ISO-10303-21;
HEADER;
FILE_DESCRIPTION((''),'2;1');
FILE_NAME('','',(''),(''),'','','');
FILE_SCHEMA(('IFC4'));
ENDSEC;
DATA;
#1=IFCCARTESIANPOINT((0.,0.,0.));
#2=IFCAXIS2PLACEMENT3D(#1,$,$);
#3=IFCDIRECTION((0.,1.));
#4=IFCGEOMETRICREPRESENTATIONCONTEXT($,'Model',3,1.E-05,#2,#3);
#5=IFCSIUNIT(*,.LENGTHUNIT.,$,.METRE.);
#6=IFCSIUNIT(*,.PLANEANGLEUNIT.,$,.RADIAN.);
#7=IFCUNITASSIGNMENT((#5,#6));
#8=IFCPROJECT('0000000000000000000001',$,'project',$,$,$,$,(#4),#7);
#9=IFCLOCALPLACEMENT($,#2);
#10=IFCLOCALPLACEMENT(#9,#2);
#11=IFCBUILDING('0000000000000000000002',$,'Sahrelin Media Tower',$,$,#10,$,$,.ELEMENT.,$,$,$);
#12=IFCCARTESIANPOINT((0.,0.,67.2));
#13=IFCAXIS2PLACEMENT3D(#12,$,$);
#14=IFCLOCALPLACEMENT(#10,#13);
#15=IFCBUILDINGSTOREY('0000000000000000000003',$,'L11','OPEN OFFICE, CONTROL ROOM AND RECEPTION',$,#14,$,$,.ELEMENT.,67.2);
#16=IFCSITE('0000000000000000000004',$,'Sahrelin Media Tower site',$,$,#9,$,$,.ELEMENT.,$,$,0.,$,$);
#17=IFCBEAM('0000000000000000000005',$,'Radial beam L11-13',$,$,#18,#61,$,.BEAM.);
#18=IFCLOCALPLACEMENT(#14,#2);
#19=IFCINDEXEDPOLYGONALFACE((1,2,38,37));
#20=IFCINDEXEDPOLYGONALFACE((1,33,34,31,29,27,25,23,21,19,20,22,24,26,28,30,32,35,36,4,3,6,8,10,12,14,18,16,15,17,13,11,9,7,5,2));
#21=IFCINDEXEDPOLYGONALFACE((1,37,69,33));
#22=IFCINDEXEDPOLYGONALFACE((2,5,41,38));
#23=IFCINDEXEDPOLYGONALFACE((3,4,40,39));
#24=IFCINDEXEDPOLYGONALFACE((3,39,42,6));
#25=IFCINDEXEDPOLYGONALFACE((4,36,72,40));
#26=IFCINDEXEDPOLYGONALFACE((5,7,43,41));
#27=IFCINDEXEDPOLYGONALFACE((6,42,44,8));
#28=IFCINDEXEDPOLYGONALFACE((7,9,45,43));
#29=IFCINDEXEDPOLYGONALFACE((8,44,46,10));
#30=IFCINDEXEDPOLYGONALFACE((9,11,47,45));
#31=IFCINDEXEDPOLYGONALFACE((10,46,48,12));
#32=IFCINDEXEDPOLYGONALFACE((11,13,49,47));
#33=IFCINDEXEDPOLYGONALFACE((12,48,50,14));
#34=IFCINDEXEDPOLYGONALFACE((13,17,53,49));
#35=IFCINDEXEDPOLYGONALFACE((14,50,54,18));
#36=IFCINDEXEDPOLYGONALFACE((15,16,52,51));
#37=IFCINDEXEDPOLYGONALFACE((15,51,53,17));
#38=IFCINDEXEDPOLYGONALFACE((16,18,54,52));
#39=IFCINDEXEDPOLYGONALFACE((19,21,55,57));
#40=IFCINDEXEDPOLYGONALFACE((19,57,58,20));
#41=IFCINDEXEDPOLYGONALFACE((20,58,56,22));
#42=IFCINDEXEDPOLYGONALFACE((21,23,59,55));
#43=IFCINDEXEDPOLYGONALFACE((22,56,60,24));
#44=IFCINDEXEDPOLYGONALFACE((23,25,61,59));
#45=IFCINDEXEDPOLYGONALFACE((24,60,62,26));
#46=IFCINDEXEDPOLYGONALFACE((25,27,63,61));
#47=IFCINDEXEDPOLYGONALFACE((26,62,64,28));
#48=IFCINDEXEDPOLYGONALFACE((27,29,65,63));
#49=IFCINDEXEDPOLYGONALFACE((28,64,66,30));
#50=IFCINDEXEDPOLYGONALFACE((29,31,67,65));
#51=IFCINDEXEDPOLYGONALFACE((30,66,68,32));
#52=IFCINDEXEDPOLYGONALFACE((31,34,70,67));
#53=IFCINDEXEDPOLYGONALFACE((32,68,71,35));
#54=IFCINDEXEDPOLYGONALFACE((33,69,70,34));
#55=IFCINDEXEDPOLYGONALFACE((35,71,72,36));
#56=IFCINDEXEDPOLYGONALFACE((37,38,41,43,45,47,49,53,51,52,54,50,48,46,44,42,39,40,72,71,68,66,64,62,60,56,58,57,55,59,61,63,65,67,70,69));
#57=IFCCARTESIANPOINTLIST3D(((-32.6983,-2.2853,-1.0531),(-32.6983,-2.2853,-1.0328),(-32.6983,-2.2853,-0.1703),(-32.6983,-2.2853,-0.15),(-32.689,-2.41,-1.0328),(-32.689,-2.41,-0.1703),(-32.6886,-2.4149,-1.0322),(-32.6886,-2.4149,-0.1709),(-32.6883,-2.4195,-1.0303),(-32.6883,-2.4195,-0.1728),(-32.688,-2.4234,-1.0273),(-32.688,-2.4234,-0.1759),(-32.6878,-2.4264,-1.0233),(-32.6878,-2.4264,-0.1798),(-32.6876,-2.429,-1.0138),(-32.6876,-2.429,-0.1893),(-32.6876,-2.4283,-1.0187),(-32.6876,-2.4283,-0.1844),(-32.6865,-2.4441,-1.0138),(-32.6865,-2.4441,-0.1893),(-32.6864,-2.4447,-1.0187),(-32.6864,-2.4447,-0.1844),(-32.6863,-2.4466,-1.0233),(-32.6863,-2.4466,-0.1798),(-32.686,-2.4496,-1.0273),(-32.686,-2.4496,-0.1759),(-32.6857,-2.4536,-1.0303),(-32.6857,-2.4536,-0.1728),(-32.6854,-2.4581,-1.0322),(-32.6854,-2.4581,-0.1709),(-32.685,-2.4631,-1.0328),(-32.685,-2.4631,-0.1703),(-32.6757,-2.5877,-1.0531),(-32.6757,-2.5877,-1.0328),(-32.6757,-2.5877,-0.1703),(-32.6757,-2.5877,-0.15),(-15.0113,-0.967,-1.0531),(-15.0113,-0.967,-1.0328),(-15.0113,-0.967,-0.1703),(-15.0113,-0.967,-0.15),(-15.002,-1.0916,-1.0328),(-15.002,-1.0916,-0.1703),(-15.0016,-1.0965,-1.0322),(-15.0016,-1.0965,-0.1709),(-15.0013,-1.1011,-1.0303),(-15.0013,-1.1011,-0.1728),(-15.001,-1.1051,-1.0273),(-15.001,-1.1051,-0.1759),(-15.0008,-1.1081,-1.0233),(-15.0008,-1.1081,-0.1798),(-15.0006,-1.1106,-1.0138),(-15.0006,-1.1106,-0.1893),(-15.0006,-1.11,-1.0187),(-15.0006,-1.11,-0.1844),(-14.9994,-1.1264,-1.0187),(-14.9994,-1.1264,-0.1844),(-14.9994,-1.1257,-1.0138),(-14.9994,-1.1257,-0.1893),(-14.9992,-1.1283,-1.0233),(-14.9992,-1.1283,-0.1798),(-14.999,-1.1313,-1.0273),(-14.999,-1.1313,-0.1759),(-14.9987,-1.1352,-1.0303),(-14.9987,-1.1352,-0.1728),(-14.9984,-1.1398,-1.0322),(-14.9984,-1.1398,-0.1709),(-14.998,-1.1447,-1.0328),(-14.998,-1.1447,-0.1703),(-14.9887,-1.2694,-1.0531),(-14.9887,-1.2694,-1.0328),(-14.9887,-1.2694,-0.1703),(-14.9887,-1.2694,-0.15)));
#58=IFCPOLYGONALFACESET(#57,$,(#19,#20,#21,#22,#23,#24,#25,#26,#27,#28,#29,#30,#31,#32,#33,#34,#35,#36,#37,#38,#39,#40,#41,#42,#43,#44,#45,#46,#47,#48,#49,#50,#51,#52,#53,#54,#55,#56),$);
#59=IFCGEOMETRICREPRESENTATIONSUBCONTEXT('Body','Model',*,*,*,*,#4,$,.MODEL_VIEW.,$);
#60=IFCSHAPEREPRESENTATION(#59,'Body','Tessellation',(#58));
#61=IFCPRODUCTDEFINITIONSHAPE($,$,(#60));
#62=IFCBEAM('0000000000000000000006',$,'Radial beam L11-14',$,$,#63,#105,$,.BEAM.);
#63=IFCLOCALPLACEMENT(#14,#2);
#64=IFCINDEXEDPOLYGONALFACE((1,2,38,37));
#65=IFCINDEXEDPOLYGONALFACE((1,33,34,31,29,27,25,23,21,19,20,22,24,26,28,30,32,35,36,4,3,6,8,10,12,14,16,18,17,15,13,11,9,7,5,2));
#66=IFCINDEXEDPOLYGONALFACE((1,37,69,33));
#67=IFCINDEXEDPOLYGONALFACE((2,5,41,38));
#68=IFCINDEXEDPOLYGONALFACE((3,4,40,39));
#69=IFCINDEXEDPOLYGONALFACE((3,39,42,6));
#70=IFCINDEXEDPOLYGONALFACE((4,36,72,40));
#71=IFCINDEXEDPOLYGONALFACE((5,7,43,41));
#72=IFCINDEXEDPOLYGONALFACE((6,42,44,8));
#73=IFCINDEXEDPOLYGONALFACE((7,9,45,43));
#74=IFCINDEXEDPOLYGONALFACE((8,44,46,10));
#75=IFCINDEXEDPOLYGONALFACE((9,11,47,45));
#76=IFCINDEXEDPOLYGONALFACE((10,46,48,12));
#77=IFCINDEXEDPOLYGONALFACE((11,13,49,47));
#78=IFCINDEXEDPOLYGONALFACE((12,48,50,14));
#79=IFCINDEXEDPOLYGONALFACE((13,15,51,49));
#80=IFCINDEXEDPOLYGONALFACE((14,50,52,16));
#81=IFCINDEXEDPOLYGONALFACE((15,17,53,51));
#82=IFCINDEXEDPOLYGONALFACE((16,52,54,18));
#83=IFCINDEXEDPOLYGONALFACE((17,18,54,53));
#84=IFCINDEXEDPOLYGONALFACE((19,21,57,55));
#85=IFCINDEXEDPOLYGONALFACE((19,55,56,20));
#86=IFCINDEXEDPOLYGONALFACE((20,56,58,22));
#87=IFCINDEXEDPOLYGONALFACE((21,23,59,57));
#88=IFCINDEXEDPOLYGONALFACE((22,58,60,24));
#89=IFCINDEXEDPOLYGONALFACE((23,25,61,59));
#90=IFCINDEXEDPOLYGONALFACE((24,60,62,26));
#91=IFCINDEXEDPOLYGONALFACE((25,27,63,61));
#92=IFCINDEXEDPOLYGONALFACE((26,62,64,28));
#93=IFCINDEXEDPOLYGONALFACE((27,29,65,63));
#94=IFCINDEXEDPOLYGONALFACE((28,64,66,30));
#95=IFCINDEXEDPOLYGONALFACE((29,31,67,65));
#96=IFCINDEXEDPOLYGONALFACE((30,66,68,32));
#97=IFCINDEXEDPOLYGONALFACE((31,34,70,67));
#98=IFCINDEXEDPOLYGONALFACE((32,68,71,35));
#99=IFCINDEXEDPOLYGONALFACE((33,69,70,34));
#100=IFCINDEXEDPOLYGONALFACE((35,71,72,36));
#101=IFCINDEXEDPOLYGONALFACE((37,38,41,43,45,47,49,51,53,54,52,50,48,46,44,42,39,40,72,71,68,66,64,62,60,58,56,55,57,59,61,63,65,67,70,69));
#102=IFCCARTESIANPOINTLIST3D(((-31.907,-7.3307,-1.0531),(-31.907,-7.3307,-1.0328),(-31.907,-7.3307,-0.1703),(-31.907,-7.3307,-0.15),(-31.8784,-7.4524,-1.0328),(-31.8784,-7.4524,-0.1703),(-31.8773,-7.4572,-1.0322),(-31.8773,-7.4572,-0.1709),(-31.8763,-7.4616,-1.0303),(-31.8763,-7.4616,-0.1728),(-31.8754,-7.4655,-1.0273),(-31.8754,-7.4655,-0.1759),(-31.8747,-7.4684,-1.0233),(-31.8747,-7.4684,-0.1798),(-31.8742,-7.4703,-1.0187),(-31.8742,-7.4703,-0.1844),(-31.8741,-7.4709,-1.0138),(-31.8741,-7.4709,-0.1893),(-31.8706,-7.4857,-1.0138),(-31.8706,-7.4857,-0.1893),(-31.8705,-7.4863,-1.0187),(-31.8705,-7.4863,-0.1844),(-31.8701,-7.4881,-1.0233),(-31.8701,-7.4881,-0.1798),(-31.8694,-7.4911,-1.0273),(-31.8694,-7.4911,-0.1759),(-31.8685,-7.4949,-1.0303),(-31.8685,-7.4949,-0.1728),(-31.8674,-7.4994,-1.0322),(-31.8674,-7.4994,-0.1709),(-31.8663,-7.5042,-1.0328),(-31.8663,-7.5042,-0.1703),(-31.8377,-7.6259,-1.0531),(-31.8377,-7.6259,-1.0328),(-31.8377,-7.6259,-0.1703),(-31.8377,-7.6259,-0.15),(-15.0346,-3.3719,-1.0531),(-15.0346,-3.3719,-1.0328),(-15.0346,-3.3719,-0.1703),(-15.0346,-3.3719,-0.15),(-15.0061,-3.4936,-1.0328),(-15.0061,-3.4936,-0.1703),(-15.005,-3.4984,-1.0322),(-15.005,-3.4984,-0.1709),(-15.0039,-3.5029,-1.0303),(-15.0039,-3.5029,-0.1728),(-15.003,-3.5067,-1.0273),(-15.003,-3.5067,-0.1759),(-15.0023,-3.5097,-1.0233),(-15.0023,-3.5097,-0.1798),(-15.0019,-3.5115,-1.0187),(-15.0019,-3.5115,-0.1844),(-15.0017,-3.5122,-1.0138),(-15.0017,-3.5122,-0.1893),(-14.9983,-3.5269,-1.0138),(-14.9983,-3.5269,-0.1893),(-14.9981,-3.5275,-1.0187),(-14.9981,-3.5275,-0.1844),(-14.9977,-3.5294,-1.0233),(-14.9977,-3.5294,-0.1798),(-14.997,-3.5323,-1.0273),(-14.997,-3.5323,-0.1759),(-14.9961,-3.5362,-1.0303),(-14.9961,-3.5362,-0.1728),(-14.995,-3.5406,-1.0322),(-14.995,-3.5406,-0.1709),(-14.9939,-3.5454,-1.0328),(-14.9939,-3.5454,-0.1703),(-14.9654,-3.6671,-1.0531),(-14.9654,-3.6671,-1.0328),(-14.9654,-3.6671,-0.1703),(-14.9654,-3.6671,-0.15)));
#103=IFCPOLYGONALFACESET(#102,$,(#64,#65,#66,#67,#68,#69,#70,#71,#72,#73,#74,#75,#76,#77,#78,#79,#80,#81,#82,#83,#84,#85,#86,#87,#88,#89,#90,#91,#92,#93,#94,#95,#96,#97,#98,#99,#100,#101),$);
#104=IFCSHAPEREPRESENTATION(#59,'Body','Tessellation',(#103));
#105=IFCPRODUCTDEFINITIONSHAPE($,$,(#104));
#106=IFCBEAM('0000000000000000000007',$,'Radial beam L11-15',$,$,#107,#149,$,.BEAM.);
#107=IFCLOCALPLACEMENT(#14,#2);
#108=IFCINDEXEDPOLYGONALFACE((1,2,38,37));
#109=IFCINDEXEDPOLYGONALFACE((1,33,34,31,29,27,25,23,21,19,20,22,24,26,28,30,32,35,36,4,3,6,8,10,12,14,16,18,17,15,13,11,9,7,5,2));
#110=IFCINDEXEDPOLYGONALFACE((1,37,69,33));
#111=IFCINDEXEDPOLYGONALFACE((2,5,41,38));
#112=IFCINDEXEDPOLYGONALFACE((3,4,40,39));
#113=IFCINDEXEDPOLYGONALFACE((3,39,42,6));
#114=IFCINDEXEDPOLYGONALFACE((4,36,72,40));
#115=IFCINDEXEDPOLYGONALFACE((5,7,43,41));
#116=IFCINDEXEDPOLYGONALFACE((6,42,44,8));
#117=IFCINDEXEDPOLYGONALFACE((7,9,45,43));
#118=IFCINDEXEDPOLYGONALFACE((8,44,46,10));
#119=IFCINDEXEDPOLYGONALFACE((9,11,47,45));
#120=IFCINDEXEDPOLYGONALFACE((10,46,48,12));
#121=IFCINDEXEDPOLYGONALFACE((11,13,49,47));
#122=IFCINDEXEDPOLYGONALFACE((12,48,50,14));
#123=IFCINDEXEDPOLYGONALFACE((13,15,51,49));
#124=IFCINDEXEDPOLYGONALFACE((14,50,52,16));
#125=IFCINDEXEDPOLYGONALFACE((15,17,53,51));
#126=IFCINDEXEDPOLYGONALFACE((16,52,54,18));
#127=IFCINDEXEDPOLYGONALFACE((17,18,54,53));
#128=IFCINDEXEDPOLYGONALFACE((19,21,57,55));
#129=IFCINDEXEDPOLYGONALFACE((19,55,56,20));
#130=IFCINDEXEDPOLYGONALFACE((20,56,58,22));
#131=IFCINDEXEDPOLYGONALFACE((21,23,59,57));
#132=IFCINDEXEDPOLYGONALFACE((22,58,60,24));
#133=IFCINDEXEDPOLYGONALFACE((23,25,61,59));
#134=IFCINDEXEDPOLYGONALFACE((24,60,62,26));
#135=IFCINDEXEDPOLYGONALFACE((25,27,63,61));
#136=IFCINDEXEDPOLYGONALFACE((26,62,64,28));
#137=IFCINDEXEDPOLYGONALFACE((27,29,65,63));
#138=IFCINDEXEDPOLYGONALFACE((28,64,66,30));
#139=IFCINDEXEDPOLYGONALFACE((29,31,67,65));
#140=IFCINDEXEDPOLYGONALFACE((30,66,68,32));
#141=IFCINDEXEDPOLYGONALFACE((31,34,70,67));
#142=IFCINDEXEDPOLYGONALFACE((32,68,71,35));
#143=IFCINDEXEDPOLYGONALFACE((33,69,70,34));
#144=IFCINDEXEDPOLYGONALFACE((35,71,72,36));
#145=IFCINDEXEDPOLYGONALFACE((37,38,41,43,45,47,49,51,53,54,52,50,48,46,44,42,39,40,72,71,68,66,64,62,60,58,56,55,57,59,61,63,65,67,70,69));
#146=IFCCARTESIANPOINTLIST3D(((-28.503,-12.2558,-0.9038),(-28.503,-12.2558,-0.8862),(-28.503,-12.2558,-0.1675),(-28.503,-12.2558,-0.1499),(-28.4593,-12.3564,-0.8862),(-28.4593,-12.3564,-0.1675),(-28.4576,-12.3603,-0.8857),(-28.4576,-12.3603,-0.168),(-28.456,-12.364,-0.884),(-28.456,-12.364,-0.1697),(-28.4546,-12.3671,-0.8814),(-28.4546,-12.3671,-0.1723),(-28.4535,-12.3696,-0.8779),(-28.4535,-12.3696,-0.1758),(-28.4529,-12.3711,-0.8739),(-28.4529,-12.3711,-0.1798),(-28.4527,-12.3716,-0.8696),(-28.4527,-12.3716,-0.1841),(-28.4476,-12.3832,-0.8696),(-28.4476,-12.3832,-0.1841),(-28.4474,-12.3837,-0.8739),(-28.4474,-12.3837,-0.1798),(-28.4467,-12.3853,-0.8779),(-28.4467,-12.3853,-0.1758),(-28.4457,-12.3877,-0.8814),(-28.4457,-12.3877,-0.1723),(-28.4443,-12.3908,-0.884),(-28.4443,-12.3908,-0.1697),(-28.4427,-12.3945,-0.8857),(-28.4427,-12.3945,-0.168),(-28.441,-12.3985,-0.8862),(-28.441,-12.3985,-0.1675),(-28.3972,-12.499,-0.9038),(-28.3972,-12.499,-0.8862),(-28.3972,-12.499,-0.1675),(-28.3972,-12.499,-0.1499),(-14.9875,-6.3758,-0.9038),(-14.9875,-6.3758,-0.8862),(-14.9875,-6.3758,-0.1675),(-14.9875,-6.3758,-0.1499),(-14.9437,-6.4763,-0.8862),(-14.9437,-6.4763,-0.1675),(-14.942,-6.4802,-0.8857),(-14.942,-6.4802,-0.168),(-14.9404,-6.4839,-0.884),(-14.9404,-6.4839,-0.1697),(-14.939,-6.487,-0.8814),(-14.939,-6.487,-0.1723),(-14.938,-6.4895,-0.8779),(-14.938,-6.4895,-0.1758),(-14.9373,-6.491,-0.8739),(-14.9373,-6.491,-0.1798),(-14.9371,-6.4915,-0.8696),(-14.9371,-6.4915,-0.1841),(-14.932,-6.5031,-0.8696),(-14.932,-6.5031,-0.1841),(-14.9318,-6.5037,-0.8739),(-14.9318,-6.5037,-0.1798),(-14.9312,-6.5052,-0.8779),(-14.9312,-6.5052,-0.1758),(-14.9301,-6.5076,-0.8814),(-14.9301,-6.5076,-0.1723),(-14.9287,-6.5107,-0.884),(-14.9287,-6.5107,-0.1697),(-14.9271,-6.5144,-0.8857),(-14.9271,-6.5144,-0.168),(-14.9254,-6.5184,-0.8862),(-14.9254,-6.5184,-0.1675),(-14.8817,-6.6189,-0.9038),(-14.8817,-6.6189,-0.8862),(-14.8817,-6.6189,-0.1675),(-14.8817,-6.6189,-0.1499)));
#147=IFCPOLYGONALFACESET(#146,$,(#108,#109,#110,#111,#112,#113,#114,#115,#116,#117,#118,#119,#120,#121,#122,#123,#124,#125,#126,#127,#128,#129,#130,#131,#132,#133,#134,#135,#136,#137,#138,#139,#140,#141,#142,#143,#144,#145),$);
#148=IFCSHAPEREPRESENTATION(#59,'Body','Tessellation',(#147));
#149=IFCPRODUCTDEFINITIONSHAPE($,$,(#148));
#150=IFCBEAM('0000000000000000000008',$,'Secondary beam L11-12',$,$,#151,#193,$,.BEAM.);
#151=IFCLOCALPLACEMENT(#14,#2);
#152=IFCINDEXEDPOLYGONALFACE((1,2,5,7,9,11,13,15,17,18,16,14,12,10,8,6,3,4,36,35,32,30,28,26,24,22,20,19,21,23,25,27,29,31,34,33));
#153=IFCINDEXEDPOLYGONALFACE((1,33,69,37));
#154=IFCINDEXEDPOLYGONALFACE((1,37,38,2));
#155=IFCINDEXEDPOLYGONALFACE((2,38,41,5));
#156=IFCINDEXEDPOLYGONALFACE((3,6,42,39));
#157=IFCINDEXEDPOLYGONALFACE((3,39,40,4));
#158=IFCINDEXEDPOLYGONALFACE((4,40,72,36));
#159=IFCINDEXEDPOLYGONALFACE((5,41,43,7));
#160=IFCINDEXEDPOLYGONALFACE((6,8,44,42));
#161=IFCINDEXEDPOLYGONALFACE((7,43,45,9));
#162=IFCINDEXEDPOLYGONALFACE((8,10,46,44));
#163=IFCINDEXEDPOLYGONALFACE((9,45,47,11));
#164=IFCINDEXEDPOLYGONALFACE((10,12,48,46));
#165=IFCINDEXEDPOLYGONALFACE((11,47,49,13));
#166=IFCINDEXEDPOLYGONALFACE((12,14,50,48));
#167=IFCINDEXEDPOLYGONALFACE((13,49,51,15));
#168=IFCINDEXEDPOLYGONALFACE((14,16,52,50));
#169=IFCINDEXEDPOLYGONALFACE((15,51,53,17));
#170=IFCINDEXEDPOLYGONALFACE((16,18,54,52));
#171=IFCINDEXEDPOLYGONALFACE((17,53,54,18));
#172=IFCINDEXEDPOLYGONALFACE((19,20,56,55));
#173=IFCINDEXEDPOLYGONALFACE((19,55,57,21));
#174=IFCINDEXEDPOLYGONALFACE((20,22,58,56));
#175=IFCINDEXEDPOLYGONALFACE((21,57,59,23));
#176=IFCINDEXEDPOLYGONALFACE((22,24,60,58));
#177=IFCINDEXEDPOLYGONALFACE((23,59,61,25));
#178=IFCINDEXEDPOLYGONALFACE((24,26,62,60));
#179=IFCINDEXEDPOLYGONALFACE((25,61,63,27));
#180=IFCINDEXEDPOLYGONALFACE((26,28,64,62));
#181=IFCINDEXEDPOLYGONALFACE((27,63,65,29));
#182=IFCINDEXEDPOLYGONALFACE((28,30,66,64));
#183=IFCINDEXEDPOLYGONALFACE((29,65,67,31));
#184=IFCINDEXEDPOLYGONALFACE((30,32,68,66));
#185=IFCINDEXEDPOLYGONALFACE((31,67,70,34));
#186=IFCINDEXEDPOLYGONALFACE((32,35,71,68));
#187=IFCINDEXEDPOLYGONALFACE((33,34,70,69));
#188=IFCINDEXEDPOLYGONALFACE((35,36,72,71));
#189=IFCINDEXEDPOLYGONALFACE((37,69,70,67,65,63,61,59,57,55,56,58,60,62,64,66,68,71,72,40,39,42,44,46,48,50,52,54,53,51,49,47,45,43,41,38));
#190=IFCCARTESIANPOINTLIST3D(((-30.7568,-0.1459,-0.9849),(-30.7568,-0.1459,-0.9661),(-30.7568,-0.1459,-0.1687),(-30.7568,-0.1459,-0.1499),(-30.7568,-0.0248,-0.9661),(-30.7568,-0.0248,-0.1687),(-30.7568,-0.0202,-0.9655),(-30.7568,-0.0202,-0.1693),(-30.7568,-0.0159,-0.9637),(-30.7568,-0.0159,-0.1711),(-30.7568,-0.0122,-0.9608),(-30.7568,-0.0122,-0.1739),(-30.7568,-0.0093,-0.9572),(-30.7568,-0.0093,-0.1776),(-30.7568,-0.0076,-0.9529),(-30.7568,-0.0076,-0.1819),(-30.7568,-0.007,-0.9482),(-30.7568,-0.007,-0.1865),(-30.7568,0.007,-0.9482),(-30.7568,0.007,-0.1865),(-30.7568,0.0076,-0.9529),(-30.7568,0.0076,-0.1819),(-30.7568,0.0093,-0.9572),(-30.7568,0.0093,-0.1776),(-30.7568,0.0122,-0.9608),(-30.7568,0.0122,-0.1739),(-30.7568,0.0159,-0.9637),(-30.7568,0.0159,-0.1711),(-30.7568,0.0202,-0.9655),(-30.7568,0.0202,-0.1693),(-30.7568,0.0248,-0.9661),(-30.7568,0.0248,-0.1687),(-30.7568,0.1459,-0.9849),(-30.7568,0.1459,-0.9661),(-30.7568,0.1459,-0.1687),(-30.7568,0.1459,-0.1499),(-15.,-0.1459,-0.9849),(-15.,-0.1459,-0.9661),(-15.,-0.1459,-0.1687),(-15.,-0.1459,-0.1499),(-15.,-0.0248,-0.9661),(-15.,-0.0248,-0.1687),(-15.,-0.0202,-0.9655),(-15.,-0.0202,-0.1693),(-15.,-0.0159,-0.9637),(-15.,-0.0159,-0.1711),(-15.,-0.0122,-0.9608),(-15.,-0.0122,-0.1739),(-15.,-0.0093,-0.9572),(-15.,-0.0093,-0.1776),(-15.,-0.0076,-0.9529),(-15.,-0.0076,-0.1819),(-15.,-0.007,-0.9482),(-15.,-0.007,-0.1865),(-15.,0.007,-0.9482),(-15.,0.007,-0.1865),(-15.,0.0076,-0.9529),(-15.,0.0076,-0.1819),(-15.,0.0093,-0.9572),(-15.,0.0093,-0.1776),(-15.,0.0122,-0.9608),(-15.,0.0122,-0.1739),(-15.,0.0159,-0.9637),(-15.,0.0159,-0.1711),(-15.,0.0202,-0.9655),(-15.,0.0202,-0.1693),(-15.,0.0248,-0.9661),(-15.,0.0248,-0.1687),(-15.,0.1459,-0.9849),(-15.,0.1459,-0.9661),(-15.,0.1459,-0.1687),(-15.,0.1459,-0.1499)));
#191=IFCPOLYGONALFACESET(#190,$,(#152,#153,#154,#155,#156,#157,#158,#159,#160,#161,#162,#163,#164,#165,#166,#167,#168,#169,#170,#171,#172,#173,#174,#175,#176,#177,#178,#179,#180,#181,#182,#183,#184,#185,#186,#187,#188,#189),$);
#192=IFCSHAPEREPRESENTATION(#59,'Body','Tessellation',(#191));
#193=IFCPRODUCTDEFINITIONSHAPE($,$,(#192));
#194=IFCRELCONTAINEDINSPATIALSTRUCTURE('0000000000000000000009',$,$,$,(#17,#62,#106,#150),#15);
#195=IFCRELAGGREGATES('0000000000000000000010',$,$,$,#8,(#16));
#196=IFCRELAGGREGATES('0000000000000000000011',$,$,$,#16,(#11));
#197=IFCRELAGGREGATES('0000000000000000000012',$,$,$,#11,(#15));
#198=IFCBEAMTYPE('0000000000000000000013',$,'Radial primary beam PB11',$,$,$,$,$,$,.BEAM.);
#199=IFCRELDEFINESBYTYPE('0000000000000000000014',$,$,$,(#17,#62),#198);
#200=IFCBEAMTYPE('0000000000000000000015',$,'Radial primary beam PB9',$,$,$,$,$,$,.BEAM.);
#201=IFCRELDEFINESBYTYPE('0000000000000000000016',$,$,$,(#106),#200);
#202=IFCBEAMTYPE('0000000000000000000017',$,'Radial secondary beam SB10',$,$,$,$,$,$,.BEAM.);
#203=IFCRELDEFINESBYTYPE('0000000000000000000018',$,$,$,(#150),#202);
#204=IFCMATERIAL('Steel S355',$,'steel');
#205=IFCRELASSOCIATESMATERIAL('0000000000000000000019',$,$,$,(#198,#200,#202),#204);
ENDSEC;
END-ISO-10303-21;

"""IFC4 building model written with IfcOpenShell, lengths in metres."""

from ifc_helpers import new_model, si_unit, direction, frame, origin, origin_2d, place, context, subcontext, project, spatial, i_section, extrude, material, material_profile, profile_set, type_object, element, save


model = new_model("IFC4")

# Units and contexts
model_context = context("Model", 3, precision=1e-05, world=origin(), true_north=direction((0.0, 1.0)))
body_context = subcontext(model_context, "Body", "Model", "MODEL_VIEW")
ifc_project = project(units=[si_unit("LENGTHUNIT", "METRE"), si_unit("PLANEANGLEUNIT", "RADIAN")], contexts=[model_context])

# Site, building, storey
site_placement = place(None, origin())
site = spatial("IfcSite", under=ifc_project, at=site_placement, Name="Sahrelin Media Tower site", CompositionType="ELEMENT", RefElevation=0.0)
building_placement = place(site_placement, origin())
building = spatial("IfcBuilding", under=site, at=building_placement, Name="Sahrelin Media Tower", CompositionType="ELEMENT")
storey_placement = place(building_placement, frame((0.0, 0.0, 67.2)))
storey = spatial("IfcBuildingStorey", under=building, at=storey_placement, Name="L11", Description="OPEN OFFICE, CONTROL ROOM AND RECEPTION", CompositionType="ELEMENT", Elevation=67.2)

# Beams
ifc_material_1 = material(Name="Steel S355", Category="steel")
ifc_material_profile_1 = material_profile(ifc_material_1, i_section(OverallWidth=0.3032, OverallDepth=0.9031, WebThickness=0.0151, FlangeThickness=0.0203, FilletRadius=0.019, at=origin_2d()), Name="UB 914x305x201")
ifc_profile_set_1 = profile_set([ifc_material_profile_1], Name="Steel S355")
beam_type_1 = type_object("IfcBeamType", Name="Radial primary beam PB11", PredefinedType="BEAM", material=ifc_profile_set_1)
beam_1_placement = place(storey_placement, frame((-15.0, -1.1182, -0.6016), z_axis=(-0.997234, -0.074332, 0.0), x_axis=(0.074332, -0.997234, 0.0)))
element("IfcBeam", 1, at=beam_1_placement, inside=storey, type_object=beam_type_1, Name="Radial beam L11-13", PredefinedType="BEAM", context=body_context, shape_type="SweptSolid", body=[
    extrude(i_section(OverallWidth=0.3032, OverallDepth=0.9031, WebThickness=0.0151, FlangeThickness=0.0203, FilletRadius=0.019, at=origin_2d()), origin(), (0.0, 0.0, 1.0), 17.7361),
])
beam_2_placement = place(storey_placement, frame((-15.0, -3.5195, -0.6016), z_axis=(-0.973561, -0.228426, 0.0), x_axis=(0.228426, -0.973561, 0.0)))
element("IfcBeam", 2, at=beam_2_placement, inside=storey, type_object=beam_type_1, Name="Radial beam L11-14", PredefinedType="BEAM", context=body_context, shape_type="SweptSolid", body=[
    extrude(i_section(OverallWidth=0.3032, OverallDepth=0.9031, WebThickness=0.0151, FlangeThickness=0.0203, FilletRadius=0.019, at=origin_2d()), origin(), (0.0, 0.0, 1.0), 17.3306),
])
ifc_material_profile_2 = material_profile(ifc_material_1, i_section(OverallWidth=0.2651, OverallDepth=0.7539, WebThickness=0.0127, FlangeThickness=0.0176, FilletRadius=0.0166, at=origin_2d()), Name="UB 762x267x147")
ifc_profile_set_2 = profile_set([ifc_material_profile_2], Name="Steel S355")
beam_type_2 = type_object("IfcBeamType", Name="Radial primary beam PB9", PredefinedType="BEAM", material=ifc_profile_set_2)
beam_3_placement = place(storey_placement, frame((-14.9346, -6.4973, -0.5269), z_axis=(-0.916977, -0.398941, 0.0), x_axis=(0.398941, -0.916977, 0.0)))
element("IfcBeam", 3, at=beam_3_placement, inside=storey, type_object=beam_type_2, Name="Radial beam L11-15", PredefinedType="BEAM", context=body_context, shape_type="SweptSolid", body=[
    extrude(i_section(OverallWidth=0.2651, OverallDepth=0.7539, WebThickness=0.0127, FlangeThickness=0.0176, FilletRadius=0.0166, at=origin_2d()), origin(), (0.0, 0.0, 1.0), 14.7393),
])
ifc_material_profile_3 = material_profile(ifc_material_1, i_section(OverallWidth=0.2917, OverallDepth=0.835, WebThickness=0.0139, FlangeThickness=0.0188, FilletRadius=0.0178, at=origin_2d()), Name="UB 838x292x176")
ifc_profile_set_3 = profile_set([ifc_material_profile_3], Name="Steel S355")
beam_type_3 = type_object("IfcBeamType", Name="Radial secondary beam SB10", PredefinedType="BEAM", material=ifc_profile_set_3)
beam_4_placement = place(storey_placement, frame((-15.0, 0.0, -0.5674), z_axis=(-1.0, 0.0, 0.0), x_axis=(0.0, -1.0, 0.0)))
element("IfcBeam", 4, at=beam_4_placement, inside=storey, type_object=beam_type_3, Name="Secondary beam L11-12", PredefinedType="BEAM", context=body_context, shape_type="SweptSolid", body=[
    extrude(i_section(OverallWidth=0.2917, OverallDepth=0.835, WebThickness=0.0139, FlangeThickness=0.0188, FilletRadius=0.0178, at=origin_2d()), origin(), (0.0, 0.0, 1.0), 15.7568),
])

save(model, "model.ifc")
